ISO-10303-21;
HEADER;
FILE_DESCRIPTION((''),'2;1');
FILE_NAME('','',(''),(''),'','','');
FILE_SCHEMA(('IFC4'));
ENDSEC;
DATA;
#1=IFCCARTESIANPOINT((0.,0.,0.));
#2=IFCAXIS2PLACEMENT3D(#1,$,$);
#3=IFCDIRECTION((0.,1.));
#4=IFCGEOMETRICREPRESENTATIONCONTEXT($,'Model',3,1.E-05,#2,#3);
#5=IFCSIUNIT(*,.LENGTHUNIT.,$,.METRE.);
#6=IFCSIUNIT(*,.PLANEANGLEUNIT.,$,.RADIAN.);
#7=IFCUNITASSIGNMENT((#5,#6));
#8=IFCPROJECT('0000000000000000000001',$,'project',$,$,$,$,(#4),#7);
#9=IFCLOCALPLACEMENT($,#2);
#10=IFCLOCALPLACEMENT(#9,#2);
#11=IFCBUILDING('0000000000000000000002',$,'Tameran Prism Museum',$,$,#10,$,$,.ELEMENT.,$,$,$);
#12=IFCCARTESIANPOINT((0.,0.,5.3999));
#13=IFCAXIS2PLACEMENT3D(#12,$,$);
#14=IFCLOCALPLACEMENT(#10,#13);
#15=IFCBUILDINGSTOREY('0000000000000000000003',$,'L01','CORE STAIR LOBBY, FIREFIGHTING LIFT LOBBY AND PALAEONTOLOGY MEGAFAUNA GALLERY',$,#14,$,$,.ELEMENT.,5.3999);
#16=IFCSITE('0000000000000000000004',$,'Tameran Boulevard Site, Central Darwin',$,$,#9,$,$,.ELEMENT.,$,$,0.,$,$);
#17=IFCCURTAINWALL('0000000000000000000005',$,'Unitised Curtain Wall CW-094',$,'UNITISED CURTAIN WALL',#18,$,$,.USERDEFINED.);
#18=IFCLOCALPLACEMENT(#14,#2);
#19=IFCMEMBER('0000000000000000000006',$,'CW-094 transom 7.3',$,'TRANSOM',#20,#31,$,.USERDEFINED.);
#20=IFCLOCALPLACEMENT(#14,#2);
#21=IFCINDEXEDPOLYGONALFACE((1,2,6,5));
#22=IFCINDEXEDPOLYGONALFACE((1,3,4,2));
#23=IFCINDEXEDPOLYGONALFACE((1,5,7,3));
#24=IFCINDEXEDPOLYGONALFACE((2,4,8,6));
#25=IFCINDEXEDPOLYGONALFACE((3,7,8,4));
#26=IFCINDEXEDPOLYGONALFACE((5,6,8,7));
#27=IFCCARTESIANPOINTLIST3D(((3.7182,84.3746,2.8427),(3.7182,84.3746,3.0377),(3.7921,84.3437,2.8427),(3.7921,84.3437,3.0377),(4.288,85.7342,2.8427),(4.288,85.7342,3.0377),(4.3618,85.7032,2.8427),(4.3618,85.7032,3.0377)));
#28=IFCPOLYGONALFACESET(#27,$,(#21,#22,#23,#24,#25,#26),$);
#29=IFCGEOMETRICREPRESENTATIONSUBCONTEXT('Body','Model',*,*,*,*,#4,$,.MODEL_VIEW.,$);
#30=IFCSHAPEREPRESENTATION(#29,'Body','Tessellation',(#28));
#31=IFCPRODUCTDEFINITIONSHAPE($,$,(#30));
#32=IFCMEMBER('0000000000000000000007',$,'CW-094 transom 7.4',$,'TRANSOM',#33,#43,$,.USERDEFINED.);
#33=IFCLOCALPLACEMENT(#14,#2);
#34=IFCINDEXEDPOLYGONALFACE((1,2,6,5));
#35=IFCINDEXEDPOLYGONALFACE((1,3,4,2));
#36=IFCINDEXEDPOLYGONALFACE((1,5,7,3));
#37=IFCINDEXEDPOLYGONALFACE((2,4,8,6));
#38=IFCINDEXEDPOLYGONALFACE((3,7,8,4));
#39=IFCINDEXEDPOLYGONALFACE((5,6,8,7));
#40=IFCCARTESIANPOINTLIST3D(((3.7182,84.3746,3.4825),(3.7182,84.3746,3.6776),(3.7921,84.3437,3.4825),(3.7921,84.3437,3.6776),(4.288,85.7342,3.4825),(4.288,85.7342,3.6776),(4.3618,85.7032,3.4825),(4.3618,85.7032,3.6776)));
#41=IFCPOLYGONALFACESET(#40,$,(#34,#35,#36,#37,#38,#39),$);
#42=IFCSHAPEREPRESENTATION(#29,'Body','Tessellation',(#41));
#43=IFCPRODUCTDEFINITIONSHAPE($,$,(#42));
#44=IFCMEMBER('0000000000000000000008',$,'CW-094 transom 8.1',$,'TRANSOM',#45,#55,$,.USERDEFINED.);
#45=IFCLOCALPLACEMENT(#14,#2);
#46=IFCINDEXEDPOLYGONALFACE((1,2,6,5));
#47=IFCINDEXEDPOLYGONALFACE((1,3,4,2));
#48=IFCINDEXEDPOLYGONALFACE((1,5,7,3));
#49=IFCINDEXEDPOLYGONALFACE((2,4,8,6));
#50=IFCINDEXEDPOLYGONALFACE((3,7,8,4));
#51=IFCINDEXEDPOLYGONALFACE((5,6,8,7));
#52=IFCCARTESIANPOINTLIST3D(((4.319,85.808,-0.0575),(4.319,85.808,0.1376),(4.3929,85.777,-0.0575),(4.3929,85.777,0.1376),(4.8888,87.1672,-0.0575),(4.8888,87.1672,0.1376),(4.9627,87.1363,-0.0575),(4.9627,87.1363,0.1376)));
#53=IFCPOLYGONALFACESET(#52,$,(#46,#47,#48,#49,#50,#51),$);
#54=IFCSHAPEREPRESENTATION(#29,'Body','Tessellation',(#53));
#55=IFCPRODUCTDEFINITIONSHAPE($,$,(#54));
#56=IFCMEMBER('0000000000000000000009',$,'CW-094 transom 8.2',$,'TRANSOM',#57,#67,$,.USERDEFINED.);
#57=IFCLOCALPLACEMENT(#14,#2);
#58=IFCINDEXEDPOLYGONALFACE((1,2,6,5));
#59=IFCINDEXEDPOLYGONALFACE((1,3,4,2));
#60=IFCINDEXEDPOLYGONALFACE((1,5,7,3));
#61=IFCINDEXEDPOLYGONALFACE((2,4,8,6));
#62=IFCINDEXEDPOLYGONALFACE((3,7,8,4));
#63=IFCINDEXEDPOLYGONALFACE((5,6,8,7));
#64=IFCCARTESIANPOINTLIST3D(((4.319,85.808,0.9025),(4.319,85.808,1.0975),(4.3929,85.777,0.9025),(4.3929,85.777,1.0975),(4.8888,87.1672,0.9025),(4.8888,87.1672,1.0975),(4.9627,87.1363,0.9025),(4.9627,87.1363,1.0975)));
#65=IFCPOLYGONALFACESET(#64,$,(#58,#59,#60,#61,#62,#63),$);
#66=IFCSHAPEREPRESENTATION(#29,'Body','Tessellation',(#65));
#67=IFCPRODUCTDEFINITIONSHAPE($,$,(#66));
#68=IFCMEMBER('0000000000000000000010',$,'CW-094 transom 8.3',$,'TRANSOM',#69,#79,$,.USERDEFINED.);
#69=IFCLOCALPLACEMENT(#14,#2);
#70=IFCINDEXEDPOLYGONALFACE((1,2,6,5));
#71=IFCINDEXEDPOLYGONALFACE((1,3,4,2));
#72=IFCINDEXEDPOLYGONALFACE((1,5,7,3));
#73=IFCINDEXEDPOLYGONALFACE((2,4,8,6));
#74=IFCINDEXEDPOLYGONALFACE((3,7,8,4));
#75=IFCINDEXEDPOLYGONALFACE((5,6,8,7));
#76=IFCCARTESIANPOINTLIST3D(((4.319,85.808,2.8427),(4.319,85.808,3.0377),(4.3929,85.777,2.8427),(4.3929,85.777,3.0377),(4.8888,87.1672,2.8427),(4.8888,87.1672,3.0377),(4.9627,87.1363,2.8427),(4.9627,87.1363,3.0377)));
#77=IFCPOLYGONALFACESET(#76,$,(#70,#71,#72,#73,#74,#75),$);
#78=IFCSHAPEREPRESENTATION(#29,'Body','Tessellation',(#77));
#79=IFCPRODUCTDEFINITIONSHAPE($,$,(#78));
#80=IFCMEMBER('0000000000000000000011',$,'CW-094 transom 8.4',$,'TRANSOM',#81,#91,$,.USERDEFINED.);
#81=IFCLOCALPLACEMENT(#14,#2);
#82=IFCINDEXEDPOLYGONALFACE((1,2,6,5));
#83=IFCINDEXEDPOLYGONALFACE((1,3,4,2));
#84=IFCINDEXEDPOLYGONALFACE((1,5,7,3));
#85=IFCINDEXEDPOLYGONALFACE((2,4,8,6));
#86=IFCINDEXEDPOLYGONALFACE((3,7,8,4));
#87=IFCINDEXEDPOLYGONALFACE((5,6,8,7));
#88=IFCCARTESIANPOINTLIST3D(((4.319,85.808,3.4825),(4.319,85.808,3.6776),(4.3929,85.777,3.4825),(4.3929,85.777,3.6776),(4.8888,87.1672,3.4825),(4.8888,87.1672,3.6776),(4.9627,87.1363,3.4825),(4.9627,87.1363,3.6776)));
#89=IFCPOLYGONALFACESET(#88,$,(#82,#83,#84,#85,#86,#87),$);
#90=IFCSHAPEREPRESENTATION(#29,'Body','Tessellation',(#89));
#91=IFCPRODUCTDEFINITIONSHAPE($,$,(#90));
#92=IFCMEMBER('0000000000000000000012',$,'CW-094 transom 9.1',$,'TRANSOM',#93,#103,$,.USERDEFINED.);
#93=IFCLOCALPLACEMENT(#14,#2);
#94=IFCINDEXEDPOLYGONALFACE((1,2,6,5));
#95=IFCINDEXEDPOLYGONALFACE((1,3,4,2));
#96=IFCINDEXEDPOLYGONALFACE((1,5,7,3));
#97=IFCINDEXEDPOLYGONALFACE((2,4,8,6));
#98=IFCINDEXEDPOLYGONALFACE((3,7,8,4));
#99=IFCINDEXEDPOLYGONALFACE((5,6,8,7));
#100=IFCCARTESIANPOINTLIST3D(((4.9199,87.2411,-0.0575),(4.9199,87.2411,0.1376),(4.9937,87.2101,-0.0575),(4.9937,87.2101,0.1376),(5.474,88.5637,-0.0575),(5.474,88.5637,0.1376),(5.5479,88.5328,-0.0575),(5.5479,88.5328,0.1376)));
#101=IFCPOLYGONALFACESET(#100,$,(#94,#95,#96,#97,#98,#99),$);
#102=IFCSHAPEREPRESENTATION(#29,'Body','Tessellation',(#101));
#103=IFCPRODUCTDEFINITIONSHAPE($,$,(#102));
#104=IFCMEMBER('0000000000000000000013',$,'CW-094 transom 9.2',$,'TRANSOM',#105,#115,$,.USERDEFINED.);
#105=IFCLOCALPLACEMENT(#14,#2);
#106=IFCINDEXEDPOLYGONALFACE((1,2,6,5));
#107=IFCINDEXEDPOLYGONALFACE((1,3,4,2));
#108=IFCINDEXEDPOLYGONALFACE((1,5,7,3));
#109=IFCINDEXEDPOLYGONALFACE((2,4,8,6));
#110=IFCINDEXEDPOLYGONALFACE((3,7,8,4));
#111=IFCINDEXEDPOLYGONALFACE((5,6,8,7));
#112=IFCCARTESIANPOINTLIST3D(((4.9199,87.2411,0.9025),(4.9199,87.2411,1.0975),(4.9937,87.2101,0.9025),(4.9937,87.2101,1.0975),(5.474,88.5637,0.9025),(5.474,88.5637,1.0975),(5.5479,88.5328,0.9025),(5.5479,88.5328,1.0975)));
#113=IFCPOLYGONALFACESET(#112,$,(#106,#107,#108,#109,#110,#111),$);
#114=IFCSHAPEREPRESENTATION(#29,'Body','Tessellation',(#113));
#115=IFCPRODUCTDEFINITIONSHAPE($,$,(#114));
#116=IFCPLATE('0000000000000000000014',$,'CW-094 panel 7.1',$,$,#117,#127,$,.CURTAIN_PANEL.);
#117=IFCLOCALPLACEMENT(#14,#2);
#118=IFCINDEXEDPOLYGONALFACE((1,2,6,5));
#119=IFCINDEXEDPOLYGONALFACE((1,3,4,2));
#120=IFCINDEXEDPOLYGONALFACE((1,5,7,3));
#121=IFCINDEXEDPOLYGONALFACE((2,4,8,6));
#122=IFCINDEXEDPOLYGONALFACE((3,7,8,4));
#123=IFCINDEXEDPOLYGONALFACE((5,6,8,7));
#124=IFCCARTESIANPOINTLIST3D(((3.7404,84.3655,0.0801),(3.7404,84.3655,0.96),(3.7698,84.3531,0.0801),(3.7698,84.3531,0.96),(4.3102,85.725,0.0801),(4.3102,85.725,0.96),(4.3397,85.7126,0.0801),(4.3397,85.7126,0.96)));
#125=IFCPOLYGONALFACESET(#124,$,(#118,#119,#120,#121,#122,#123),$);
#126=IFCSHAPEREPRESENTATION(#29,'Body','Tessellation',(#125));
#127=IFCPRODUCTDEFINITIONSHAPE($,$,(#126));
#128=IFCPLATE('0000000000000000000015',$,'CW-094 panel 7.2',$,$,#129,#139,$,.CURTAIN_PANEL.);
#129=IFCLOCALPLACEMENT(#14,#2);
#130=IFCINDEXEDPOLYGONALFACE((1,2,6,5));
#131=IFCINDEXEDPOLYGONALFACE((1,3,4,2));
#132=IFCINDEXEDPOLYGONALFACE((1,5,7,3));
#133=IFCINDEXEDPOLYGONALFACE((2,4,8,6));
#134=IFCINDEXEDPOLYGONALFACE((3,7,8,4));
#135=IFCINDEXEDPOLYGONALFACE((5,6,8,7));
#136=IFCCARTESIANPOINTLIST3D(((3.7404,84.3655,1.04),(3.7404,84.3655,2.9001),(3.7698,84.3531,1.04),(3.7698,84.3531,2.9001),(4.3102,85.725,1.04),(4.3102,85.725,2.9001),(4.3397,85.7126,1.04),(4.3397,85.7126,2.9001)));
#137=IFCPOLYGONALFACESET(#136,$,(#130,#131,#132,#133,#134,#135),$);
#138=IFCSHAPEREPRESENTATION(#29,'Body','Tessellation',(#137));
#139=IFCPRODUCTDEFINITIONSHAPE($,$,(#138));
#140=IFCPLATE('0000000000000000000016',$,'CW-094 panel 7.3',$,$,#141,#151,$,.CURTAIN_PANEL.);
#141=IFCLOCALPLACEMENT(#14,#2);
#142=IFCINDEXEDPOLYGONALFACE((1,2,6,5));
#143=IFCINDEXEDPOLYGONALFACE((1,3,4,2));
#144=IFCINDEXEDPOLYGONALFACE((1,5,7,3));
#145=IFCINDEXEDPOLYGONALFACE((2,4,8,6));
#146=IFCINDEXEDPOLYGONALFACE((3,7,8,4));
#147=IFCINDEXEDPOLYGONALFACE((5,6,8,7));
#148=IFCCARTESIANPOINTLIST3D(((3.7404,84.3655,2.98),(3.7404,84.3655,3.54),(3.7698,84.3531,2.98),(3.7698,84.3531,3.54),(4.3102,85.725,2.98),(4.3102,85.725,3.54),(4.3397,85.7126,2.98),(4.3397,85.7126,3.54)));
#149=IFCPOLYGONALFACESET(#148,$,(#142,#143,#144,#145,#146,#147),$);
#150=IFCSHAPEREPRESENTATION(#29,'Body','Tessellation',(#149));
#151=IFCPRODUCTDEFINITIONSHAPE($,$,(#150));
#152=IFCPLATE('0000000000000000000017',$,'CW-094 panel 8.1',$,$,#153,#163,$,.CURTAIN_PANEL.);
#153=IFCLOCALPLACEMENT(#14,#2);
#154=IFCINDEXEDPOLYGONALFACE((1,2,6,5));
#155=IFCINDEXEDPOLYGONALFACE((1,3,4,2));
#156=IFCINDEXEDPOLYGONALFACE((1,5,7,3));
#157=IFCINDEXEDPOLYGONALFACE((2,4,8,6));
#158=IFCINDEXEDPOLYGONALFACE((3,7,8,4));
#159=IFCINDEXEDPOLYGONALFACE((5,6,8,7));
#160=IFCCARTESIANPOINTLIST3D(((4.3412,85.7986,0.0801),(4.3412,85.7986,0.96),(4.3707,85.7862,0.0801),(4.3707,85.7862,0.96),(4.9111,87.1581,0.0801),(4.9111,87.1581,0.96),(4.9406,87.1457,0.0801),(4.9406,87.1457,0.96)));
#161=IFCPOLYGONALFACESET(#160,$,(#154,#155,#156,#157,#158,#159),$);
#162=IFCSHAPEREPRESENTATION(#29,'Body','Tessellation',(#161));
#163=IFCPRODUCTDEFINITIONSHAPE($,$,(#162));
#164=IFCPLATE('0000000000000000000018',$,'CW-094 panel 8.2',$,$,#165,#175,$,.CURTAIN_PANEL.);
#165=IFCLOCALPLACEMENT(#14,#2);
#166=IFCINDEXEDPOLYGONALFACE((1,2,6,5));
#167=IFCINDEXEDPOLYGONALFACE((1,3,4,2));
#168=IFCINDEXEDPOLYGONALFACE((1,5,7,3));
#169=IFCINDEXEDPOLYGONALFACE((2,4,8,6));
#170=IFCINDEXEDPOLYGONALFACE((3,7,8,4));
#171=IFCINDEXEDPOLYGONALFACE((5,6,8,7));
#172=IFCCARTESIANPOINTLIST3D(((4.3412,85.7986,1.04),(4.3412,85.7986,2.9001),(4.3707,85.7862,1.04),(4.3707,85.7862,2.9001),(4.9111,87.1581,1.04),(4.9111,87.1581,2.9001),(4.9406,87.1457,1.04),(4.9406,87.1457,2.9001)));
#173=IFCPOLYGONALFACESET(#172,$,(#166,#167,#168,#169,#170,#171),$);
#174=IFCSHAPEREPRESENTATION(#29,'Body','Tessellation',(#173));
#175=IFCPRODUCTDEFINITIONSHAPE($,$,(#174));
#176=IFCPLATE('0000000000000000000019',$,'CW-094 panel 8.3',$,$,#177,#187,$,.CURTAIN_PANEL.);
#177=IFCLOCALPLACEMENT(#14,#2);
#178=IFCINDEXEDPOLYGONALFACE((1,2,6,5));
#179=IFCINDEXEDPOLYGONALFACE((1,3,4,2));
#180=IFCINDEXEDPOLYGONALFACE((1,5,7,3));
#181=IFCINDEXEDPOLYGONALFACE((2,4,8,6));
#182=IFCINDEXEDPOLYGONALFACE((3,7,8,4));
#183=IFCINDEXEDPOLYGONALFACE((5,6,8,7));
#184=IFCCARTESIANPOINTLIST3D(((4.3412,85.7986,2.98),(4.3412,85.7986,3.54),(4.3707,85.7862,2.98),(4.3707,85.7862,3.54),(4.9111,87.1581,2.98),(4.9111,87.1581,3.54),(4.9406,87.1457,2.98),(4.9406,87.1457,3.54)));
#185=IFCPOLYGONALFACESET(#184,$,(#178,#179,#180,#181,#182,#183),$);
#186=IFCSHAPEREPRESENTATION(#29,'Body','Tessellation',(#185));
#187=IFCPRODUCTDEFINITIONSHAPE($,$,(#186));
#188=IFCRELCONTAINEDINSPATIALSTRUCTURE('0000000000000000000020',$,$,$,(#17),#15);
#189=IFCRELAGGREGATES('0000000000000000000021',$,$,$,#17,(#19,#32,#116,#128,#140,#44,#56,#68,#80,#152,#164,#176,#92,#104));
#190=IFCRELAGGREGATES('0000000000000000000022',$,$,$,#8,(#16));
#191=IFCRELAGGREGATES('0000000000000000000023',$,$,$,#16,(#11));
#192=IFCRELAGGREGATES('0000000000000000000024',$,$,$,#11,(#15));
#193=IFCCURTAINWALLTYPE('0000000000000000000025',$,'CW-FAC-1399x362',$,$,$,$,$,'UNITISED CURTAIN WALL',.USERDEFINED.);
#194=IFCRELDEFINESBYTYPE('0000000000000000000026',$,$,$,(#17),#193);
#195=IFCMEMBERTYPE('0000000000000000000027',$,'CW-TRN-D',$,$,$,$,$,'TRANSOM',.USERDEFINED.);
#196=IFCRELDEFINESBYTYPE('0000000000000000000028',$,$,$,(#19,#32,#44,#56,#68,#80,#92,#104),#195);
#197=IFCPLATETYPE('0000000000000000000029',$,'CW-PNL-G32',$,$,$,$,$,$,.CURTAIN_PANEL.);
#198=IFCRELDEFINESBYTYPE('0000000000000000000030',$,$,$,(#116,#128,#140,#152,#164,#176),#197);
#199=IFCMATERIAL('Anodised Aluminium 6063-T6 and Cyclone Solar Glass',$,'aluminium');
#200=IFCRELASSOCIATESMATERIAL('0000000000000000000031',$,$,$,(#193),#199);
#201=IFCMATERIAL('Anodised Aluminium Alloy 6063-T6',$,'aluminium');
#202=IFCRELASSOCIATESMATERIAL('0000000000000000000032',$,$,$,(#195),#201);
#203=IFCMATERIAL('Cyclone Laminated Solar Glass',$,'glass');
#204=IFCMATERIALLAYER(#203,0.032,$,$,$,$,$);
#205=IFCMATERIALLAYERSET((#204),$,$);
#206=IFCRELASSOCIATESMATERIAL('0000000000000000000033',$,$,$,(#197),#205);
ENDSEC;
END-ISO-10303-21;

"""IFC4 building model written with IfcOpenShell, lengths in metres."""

from ifc_helpers import new_model, si_unit, direction, frame, origin, origin_2d, place, context, subcontext, project, spatial, rectangle, extrude, material, layer, layer_set, material_profile, profile_set, type_object, element, aggregate, save


model = new_model("IFC4")

# Units and contexts
model_context = context("Model", 3, precision=1e-05, world=origin(), true_north=direction((0.0, 1.0)))
body_context = subcontext(model_context, "Body", "Model", "MODEL_VIEW")
ifc_project = project(units=[si_unit("LENGTHUNIT", "METRE"), si_unit("PLANEANGLEUNIT", "RADIAN")], contexts=[model_context])

# Site, building, storey
site_placement = place(None, origin())
site = spatial("IfcSite", under=ifc_project, at=site_placement, Name="Tameran Boulevard Site, Central Darwin", CompositionType="ELEMENT", RefElevation=0.0)
building_placement = place(site_placement, origin())
building = spatial("IfcBuilding", under=site, at=building_placement, Name="Tameran Prism Museum", CompositionType="ELEMENT")
storey_placement = place(building_placement, frame((0.0, 0.0, 5.3999)))
storey = spatial("IfcBuildingStorey", under=building, at=storey_placement, Name="L01", Description="CORE STAIR LOBBY, FIREFIGHTING LIFT LOBBY AND PALAEONTOLOGY MEGAFAUNA GALLERY", CompositionType="ELEMENT", Elevation=5.3999)

# Curtain wall, members, plates
ifc_material_1 = material(Name="Anodised Aluminium 6063-T6 and Cyclone Solar Glass", Category="aluminium")
curtain_wall_type = type_object("IfcCurtainWallType", Name="CW-FAC-1399x362", ElementType="UNITISED CURTAIN WALL", PredefinedType="USERDEFINED", material=ifc_material_1)
curtain_wall_placement = place(storey_placement, origin())
curtain_wall = element("IfcCurtainWall", 1, at=curtain_wall_placement, inside=storey, type_object=curtain_wall_type, Name="Unitised Curtain Wall CW-094", ObjectType="UNITISED CURTAIN WALL", PredefinedType="USERDEFINED")
ifc_material_2 = material(Name="Anodised Aluminium Alloy 6063-T6", Category="aluminium")
ifc_material_profile_1 = material_profile(ifc_material_2, rectangle(XDim=0.0801, YDim=0.1951, at=origin_2d()))
ifc_profile_set_1 = profile_set([ifc_material_profile_1])
member_type_1 = type_object("IfcMemberType", Name="CW-TRN-D", ElementType="TRANSOM", PredefinedType="USERDEFINED", material=ifc_profile_set_1)
member_1_placement = place(storey_placement, frame((3.7551, 84.3591, 2.9402), z_axis=(0.386531, 0.922276, 0.0), x_axis=(-0.922276, 0.386531, 0.0)))
member_1 = element("IfcMember", 2, at=member_1_placement, type_object=member_type_1, Name="CW-094 transom 7.3", ObjectType="TRANSOM", PredefinedType="USERDEFINED", context=body_context, shape_type="SweptSolid", body=[
    extrude(rectangle(XDim=0.0801, YDim=0.1951, at=origin_2d()), origin(), (0.0, 0.0, 1.0), 1.4741),
])
member_2_placement = place(storey_placement, frame((3.7551, 84.3591, 3.5801), z_axis=(0.386531, 0.922276, 0.0), x_axis=(-0.922276, 0.386531, 0.0)))
member_2 = element("IfcMember", 3, at=member_2_placement, type_object=member_type_1, Name="CW-094 transom 7.4", ObjectType="TRANSOM", PredefinedType="USERDEFINED", context=body_context, shape_type="SweptSolid", body=[
    extrude(rectangle(XDim=0.0801, YDim=0.1951, at=origin_2d()), origin(), (0.0, 0.0, 1.0), 1.4741),
])
member_3_placement = place(storey_placement, frame((4.356, 85.7925, 0.04), z_axis=(0.38659, 0.922252, 0.0), x_axis=(-0.922252, 0.38659, 0.0)))
member_3 = element("IfcMember", 4, at=member_3_placement, type_object=member_type_1, Name="CW-094 transom 8.1", ObjectType="TRANSOM", PredefinedType="USERDEFINED", context=body_context, shape_type="SweptSolid", body=[
    extrude(rectangle(XDim=0.0801, YDim=0.1951, at=origin_2d()), origin(), (0.0, 0.0, 1.0), 1.4739),
])
member_4_placement = place(storey_placement, frame((4.356, 85.7925, 1.0), z_axis=(0.38659, 0.922252, 0.0), x_axis=(-0.922252, 0.38659, 0.0)))
member_4 = element("IfcMember", 5, at=member_4_placement, type_object=member_type_1, Name="CW-094 transom 8.2", ObjectType="TRANSOM", PredefinedType="USERDEFINED", context=body_context, shape_type="SweptSolid", body=[
    extrude(rectangle(XDim=0.0801, YDim=0.1951, at=origin_2d()), origin(), (0.0, 0.0, 1.0), 1.4739),
])
member_5_placement = place(storey_placement, frame((4.356, 85.7925, 2.9402), z_axis=(0.38659, 0.922252, 0.0), x_axis=(-0.922252, 0.38659, 0.0)))
member_5 = element("IfcMember", 6, at=member_5_placement, type_object=member_type_1, Name="CW-094 transom 8.3", ObjectType="TRANSOM", PredefinedType="USERDEFINED", context=body_context, shape_type="SweptSolid", body=[
    extrude(rectangle(XDim=0.0801, YDim=0.1951, at=origin_2d()), origin(), (0.0, 0.0, 1.0), 1.4739),
])
member_6_placement = place(storey_placement, frame((4.356, 85.7925, 3.5801), z_axis=(0.38659, 0.922252, 0.0), x_axis=(-0.922252, 0.38659, 0.0)))
member_6 = element("IfcMember", 7, at=member_6_placement, type_object=member_type_1, Name="CW-094 transom 8.4", ObjectType="TRANSOM", PredefinedType="USERDEFINED", context=body_context, shape_type="SweptSolid", body=[
    extrude(rectangle(XDim=0.0801, YDim=0.1951, at=origin_2d()), origin(), (0.0, 0.0, 1.0), 1.4739),
])
member_7_placement = place(storey_placement, frame((4.9568, 87.2256, 0.04), z_axis=(0.386428, 0.92232, 0.0), x_axis=(-0.92232, 0.386428, 0.0)))
member_7 = element("IfcMember", 8, at=member_7_placement, type_object=member_type_1, Name="CW-094 transom 9.1", ObjectType="TRANSOM", PredefinedType="USERDEFINED", context=body_context, shape_type="SweptSolid", body=[
    extrude(rectangle(XDim=0.0801, YDim=0.1951, at=origin_2d()), origin(), (0.0, 0.0, 1.0), 1.4341),
])
member_8_placement = place(storey_placement, frame((4.9568, 87.2256, 1.0), z_axis=(0.386428, 0.92232, 0.0), x_axis=(-0.92232, 0.386428, 0.0)))
member_8 = element("IfcMember", 9, at=member_8_placement, type_object=member_type_1, Name="CW-094 transom 9.2", ObjectType="TRANSOM", PredefinedType="USERDEFINED", context=body_context, shape_type="SweptSolid", body=[
    extrude(rectangle(XDim=0.0801, YDim=0.1951, at=origin_2d()), origin(), (0.0, 0.0, 1.0), 1.4341),
])
ifc_material_3 = material(Name="Cyclone Laminated Solar Glass", Category="glass")
ifc_layer_1 = layer(ifc_material_3, 0.032)
ifc_layer_set_1 = layer_set([ifc_layer_1])
plate_type = type_object("IfcPlateType", Name="CW-PNL-G32", PredefinedType="CURTAIN_PANEL", material=ifc_layer_set_1)
plate_1_placement = place(storey_placement, frame((4.04, 85.0391, 0.0801), z_axis=(0.0, 0.0, 1.0), x_axis=(0.386589, 0.922252, 0.0)))
plate_1 = element("IfcPlate", 10, at=plate_1_placement, type_object=plate_type, Name="CW-094 panel 7.1", PredefinedType="CURTAIN_PANEL", context=body_context, shape_type="SweptSolid", body=[
    extrude(rectangle(XDim=1.4741, YDim=0.032, at=origin_2d()), origin(), (0.0, 0.0, 1.0), 0.8799),
])
plate_2_placement = place(storey_placement, frame((4.04, 85.0391, 1.04), z_axis=(0.0, 0.0, 1.0), x_axis=(0.386589, 0.922252, 0.0)))
plate_2 = element("IfcPlate", 11, at=plate_2_placement, type_object=plate_type, Name="CW-094 panel 7.2", PredefinedType="CURTAIN_PANEL", context=body_context, shape_type="SweptSolid", body=[
    extrude(rectangle(XDim=1.4741, YDim=0.032, at=origin_2d()), origin(), (0.0, 0.0, 1.0), 1.8601),
])
plate_3_placement = place(storey_placement, frame((4.04, 85.0391, 2.98), z_axis=(0.0, 0.0, 1.0), x_axis=(0.386589, 0.922252, 0.0)))
plate_3 = element("IfcPlate", 12, at=plate_3_placement, type_object=plate_type, Name="CW-094 panel 7.3", PredefinedType="CURTAIN_PANEL", context=body_context, shape_type="SweptSolid", body=[
    extrude(rectangle(XDim=1.4741, YDim=0.032, at=origin_2d()), origin(), (0.0, 0.0, 1.0), 0.5601),
])
plate_4_placement = place(storey_placement, frame((4.6409, 86.4722, 0.0801), z_axis=(0.0, 0.0, 1.0), x_axis=(0.386589, 0.922252, 0.0)))
plate_4 = element("IfcPlate", 13, at=plate_4_placement, type_object=plate_type, Name="CW-094 panel 8.1", PredefinedType="CURTAIN_PANEL", context=body_context, shape_type="SweptSolid", body=[
    extrude(rectangle(XDim=1.4741, YDim=0.032, at=origin_2d()), origin(), (0.0, 0.0, 1.0), 0.8799),
])
plate_5_placement = place(storey_placement, frame((4.6409, 86.4722, 1.04), z_axis=(0.0, 0.0, 1.0), x_axis=(0.386589, 0.922252, 0.0)))
plate_5 = element("IfcPlate", 14, at=plate_5_placement, type_object=plate_type, Name="CW-094 panel 8.2", PredefinedType="CURTAIN_PANEL", context=body_context, shape_type="SweptSolid", body=[
    extrude(rectangle(XDim=1.4741, YDim=0.032, at=origin_2d()), origin(), (0.0, 0.0, 1.0), 1.8601),
])
plate_6_placement = place(storey_placement, frame((4.6409, 86.4722, 2.98), z_axis=(0.0, 0.0, 1.0), x_axis=(0.386589, 0.922252, 0.0)))
plate_6 = element("IfcPlate", 15, at=plate_6_placement, type_object=plate_type, Name="CW-094 panel 8.3", PredefinedType="CURTAIN_PANEL", context=body_context, shape_type="SweptSolid", body=[
    extrude(rectangle(XDim=1.4741, YDim=0.032, at=origin_2d()), origin(), (0.0, 0.0, 1.0), 0.5601),
])
aggregate(curtain_wall, [member_1, member_2, plate_1, plate_2, plate_3, member_3, member_4, member_5, member_6, plate_4, plate_5, plate_6, member_7, member_8])

save(model, "model.ifc")
